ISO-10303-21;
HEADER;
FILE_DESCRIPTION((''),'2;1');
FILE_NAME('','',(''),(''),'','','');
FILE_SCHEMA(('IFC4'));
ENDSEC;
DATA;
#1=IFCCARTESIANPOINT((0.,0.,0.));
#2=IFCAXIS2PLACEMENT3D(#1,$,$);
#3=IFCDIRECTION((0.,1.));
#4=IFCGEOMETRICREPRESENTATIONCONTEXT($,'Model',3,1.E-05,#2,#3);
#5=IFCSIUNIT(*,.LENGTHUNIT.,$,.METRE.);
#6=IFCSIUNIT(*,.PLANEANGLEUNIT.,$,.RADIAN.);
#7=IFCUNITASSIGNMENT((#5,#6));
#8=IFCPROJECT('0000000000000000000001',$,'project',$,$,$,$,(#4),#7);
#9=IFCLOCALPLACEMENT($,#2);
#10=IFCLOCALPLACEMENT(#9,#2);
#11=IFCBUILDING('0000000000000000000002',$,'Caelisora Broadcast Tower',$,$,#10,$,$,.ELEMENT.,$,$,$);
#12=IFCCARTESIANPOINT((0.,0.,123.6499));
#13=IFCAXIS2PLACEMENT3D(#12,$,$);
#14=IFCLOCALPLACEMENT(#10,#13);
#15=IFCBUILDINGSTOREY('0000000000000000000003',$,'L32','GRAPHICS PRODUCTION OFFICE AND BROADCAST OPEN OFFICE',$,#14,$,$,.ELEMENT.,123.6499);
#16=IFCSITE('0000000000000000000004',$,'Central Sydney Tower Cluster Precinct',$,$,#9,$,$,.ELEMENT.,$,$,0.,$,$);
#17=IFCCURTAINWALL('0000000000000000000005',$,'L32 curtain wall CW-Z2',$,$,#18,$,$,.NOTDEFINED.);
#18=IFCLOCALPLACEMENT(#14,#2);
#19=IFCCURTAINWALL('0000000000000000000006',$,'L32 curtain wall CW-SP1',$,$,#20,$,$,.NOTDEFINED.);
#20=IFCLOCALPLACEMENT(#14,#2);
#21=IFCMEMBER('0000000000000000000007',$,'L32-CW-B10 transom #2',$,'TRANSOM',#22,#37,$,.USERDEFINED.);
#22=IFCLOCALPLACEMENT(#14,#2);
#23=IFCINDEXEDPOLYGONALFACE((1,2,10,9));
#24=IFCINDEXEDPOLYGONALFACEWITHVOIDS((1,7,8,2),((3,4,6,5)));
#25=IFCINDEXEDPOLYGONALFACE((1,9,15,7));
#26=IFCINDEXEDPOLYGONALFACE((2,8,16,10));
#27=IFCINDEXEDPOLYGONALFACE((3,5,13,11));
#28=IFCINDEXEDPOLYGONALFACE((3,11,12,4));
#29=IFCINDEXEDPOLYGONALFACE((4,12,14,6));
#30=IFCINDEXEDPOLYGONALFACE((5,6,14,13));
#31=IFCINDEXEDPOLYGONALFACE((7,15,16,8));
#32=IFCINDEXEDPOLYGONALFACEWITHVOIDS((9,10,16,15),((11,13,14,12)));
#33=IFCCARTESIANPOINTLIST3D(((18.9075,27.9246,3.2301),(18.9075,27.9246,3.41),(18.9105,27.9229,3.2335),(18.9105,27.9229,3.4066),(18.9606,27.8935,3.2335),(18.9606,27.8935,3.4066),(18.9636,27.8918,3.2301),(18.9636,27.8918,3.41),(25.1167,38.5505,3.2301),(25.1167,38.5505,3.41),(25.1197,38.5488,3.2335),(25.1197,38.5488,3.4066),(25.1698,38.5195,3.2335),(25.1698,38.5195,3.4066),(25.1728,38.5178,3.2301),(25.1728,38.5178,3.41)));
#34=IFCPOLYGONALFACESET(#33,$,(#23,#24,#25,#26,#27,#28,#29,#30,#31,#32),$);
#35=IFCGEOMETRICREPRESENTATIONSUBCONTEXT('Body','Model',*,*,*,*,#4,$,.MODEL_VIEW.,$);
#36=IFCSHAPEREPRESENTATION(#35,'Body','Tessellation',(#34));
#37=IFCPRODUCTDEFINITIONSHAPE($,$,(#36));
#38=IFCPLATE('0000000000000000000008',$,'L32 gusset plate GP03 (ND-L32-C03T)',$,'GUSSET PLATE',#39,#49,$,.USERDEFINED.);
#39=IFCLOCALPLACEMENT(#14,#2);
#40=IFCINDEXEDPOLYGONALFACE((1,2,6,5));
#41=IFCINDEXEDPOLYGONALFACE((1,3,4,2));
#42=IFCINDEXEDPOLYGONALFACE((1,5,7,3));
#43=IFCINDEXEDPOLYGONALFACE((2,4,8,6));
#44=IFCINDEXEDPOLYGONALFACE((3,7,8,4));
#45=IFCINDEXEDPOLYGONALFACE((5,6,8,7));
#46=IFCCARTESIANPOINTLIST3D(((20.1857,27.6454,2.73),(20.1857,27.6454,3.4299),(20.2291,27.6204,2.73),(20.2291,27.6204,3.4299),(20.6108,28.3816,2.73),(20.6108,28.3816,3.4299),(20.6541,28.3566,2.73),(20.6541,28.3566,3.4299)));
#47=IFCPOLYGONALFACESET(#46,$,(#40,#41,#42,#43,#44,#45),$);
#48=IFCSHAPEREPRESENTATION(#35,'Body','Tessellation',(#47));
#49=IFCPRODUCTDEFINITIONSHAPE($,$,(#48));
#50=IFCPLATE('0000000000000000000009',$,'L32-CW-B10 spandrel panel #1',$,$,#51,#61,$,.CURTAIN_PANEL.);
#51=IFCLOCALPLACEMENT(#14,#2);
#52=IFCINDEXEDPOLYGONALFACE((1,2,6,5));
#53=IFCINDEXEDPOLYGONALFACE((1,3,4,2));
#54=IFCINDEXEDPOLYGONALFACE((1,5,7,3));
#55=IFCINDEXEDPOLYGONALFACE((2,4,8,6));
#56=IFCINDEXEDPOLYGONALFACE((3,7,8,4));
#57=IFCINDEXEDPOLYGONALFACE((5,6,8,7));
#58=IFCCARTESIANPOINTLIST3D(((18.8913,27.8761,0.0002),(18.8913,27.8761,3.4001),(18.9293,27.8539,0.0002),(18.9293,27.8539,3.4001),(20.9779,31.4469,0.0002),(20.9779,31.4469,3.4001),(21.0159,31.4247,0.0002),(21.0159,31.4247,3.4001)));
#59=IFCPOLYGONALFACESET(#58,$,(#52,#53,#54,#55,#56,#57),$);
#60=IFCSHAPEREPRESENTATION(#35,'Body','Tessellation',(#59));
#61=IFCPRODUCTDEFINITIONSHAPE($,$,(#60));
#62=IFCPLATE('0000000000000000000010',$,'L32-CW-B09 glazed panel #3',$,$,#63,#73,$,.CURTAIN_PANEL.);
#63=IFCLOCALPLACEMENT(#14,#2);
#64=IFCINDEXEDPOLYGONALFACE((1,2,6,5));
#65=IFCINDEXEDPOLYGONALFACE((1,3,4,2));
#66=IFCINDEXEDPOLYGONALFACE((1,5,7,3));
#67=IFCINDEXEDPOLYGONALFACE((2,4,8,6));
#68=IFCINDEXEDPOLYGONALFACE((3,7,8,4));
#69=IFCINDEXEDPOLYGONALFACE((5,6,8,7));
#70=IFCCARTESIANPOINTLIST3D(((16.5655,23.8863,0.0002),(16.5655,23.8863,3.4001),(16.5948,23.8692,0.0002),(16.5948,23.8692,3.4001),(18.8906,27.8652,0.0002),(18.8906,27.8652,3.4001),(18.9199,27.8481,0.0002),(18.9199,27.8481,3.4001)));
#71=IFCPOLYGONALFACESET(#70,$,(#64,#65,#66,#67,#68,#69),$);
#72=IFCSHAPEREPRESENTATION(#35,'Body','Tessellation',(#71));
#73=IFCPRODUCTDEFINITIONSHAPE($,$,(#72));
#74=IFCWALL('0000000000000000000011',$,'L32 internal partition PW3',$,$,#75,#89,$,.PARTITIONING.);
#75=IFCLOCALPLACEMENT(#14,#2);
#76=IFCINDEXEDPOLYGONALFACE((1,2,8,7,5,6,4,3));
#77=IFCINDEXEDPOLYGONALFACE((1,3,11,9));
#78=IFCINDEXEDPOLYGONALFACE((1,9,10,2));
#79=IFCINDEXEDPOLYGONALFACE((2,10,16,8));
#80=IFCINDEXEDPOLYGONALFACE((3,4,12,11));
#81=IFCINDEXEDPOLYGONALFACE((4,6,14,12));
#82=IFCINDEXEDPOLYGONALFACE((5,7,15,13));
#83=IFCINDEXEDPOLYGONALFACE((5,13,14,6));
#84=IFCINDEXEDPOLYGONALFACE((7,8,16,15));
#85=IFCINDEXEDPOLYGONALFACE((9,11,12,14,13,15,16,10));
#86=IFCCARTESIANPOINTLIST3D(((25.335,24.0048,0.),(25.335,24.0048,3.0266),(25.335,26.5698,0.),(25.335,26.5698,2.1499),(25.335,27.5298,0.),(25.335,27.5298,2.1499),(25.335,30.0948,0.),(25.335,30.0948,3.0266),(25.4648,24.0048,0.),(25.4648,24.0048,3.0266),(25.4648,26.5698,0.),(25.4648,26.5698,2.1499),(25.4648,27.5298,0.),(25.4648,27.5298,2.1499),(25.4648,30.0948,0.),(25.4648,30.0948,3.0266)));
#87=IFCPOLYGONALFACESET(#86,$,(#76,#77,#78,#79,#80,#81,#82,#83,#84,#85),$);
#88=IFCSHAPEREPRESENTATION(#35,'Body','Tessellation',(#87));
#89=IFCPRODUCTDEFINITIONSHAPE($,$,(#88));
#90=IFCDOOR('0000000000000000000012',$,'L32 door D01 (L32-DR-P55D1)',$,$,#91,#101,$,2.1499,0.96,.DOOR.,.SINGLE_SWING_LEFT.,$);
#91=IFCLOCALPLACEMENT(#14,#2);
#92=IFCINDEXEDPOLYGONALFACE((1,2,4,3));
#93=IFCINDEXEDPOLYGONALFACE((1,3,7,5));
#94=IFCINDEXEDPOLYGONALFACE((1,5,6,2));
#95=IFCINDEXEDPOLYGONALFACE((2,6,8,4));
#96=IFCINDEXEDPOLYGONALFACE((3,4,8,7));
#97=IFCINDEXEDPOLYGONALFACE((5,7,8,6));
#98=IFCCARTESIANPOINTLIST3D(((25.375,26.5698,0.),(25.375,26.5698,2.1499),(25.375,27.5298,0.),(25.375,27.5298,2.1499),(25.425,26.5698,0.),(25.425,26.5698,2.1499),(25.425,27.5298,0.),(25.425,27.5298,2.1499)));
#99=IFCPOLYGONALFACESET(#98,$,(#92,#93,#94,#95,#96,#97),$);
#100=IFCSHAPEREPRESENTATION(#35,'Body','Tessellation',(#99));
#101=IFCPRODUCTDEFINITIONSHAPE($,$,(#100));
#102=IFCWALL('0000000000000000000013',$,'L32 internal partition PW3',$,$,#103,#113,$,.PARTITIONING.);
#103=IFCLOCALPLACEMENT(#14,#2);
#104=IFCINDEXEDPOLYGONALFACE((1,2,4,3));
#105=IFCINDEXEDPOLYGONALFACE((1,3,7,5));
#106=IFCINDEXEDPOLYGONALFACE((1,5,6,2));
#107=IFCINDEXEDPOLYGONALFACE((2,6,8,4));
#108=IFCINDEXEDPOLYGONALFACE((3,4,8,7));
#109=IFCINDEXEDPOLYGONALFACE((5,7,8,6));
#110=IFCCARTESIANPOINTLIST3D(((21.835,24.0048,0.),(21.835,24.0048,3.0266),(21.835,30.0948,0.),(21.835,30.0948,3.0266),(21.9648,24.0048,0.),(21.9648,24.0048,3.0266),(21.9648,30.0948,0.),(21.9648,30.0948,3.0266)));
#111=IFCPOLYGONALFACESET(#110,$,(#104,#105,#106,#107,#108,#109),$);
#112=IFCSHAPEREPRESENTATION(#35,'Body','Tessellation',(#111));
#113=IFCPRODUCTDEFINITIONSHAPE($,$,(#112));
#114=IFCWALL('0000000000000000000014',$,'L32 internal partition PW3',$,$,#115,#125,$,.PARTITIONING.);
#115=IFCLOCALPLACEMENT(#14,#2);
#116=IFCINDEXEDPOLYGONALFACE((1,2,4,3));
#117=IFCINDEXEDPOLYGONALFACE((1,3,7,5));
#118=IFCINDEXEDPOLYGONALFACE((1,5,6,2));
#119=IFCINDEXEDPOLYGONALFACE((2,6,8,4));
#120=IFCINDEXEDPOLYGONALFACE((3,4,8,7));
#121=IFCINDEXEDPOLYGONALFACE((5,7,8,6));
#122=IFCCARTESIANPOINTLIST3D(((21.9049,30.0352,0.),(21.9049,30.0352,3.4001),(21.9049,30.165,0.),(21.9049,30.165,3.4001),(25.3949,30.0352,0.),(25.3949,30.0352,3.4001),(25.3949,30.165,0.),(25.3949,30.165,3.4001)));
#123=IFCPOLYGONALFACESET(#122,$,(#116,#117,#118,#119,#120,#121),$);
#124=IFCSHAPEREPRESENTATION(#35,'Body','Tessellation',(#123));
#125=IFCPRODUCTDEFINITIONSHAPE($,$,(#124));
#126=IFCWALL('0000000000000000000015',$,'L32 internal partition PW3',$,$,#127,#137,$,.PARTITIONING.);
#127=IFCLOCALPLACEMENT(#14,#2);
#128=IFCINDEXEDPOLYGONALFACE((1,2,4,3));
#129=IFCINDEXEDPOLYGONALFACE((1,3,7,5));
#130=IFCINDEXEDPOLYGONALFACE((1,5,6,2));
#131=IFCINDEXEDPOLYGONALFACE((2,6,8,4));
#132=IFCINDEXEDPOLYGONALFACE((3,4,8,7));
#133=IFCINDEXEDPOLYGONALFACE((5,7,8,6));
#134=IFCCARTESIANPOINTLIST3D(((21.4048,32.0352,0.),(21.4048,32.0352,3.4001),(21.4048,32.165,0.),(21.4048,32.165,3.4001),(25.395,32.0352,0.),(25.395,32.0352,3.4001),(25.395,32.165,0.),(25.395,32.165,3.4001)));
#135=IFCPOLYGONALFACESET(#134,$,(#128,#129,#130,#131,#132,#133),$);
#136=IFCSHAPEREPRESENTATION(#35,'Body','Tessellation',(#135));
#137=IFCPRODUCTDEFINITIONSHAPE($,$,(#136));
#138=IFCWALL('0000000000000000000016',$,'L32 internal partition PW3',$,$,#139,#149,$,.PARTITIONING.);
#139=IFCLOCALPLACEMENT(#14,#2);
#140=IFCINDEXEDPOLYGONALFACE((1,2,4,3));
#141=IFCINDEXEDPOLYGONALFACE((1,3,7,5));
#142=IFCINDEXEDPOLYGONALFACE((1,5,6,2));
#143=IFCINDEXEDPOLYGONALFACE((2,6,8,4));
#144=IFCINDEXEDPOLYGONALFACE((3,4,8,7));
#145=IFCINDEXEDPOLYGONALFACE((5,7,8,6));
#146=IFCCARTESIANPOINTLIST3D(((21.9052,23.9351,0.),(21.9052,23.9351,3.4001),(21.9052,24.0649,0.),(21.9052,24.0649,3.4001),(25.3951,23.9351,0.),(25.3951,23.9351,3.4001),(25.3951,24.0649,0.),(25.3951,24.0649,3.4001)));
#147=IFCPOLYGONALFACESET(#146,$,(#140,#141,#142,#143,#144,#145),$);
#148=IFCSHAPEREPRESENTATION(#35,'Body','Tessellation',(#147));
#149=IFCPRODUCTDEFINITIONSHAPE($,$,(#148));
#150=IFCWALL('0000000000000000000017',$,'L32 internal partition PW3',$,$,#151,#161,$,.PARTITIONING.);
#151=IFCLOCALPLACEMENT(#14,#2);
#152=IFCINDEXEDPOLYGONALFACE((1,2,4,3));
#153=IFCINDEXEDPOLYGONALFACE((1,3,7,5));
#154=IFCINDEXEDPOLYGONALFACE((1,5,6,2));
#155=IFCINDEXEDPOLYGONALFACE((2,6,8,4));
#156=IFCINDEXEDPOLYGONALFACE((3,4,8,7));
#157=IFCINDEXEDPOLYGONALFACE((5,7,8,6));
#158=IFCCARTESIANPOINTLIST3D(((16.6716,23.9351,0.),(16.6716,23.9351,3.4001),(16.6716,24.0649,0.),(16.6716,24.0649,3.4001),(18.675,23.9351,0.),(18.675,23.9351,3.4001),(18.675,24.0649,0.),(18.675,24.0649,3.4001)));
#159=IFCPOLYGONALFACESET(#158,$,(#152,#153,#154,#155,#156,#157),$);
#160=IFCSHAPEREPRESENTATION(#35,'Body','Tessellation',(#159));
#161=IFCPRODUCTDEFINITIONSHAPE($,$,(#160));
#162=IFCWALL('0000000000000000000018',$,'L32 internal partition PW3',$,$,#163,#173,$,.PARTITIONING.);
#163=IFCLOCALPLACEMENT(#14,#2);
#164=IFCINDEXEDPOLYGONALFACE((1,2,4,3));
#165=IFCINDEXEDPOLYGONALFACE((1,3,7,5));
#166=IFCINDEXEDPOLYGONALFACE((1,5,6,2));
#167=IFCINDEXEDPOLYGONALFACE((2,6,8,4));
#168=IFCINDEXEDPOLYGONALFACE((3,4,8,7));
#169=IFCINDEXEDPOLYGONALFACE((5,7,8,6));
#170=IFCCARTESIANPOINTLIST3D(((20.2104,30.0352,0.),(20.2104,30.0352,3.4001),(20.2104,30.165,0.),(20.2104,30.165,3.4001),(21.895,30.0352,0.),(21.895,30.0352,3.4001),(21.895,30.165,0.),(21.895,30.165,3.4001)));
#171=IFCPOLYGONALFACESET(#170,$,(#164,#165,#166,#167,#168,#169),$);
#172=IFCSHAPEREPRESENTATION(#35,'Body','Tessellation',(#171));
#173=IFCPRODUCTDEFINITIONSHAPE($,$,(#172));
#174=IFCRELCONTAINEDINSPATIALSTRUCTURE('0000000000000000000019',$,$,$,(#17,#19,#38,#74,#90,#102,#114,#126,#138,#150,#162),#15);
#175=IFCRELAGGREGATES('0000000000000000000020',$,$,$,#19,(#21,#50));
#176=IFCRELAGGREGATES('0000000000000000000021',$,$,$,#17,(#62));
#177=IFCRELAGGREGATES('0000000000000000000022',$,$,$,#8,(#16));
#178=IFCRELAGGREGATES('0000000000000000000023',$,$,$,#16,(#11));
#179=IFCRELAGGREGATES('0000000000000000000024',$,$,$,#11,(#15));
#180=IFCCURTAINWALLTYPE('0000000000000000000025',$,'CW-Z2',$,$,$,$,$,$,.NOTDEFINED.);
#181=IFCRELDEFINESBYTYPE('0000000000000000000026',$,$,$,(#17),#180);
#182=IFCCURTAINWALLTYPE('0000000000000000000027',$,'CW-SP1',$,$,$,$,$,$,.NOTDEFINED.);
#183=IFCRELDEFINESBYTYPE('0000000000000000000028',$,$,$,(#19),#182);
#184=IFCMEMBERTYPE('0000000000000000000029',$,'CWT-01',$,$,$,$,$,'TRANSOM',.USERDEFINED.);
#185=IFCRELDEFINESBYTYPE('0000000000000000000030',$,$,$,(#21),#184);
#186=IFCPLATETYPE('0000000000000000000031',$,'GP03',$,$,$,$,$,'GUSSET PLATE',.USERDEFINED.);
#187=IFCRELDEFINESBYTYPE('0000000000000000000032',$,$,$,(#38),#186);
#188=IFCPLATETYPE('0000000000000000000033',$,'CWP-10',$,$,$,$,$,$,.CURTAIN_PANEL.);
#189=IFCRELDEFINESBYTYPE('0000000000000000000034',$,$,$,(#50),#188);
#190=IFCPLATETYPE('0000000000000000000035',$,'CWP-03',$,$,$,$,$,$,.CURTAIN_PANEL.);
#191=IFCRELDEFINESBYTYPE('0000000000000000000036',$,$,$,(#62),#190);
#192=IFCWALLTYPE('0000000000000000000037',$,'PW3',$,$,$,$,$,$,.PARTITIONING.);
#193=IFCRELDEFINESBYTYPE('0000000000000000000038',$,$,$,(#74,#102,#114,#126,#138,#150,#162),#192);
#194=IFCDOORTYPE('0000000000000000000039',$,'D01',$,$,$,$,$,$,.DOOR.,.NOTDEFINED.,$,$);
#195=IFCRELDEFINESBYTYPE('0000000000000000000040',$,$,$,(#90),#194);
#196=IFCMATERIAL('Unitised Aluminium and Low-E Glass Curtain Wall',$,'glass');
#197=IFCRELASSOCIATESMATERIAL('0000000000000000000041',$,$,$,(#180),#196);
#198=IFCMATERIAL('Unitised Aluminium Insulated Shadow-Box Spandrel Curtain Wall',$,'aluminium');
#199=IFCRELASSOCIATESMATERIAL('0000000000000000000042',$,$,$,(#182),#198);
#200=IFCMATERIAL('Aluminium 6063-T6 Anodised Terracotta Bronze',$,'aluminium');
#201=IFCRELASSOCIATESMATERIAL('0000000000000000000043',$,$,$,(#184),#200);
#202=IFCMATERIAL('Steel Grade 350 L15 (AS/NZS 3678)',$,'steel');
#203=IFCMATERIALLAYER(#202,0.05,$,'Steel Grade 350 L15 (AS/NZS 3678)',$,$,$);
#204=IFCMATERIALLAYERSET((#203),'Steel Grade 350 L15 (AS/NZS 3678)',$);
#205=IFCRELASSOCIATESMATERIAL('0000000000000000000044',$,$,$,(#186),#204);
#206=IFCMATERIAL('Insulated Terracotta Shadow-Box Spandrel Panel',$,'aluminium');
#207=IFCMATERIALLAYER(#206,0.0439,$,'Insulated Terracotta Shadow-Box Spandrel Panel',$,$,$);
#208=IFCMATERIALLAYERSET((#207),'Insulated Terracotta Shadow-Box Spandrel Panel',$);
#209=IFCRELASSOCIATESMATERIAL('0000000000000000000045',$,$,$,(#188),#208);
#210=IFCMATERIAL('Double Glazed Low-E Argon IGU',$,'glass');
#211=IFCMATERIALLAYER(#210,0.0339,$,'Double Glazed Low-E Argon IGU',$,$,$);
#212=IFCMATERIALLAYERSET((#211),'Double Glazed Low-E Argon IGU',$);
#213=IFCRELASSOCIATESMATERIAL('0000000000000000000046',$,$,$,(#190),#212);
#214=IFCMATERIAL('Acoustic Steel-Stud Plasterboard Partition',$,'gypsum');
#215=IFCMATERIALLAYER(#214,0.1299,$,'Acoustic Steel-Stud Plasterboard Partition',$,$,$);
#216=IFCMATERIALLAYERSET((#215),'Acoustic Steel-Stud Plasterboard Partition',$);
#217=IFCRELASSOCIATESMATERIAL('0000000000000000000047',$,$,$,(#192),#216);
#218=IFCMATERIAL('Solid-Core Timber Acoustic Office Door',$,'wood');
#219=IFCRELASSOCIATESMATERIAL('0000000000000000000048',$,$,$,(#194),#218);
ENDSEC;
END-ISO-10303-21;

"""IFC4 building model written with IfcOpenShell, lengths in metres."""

from ifc_helpers import new_model, si_unit, direction, frame, frame_2d, origin, origin_2d, place, context, subcontext, project, spatial, rectangle, hollow_rectangle, extrude, source, transform, mapped, material, layer, layer_set, material_profile, profile_set, type_object, type_shapes, element, fill, aggregate, save


model = new_model("IFC4")

# Units and contexts
model_context = context("Model", 3, precision=1e-05, world=origin(), true_north=direction((0.0, 1.0)))
body_context = subcontext(model_context, "Body", "Model", "MODEL_VIEW")
ifc_project = project(units=[si_unit("LENGTHUNIT", "METRE"), si_unit("PLANEANGLEUNIT", "RADIAN")], contexts=[model_context])

# Site, building, storey
site_placement = place(None, origin())
site = spatial("IfcSite", under=ifc_project, at=site_placement, Name="Central Sydney Tower Cluster Precinct", CompositionType="ELEMENT", RefElevation=0.0)
building_placement = place(site_placement, origin())
building = spatial("IfcBuilding", under=site, at=building_placement, Name="Caelisora Broadcast Tower", CompositionType="ELEMENT")
storey_placement = place(building_placement, frame((0.0, 0.0, 123.6499)))
storey = spatial("IfcBuildingStorey", under=building, at=storey_placement, Name="L32", Description="GRAPHICS PRODUCTION OFFICE AND BROADCAST OPEN OFFICE", CompositionType="ELEMENT", Elevation=123.6499)

# Shared definitions
ifc_material_1 = material(Name="Steel Grade 350 L15 (AS/NZS 3678)", Category="steel")

# Curtain walls, member
ifc_material_2 = material(Name="Unitised Aluminium and Low-E Glass Curtain Wall", Category="glass")
curtain_wall_type_1 = type_object("IfcCurtainWallType", Name="CW-Z2", PredefinedType="NOTDEFINED", material=ifc_material_2)
curtain_wall_1_placement = place(storey_placement, origin())
curtain_wall_1 = element("IfcCurtainWall", 1, at=curtain_wall_1_placement, inside=storey, type_object=curtain_wall_type_1, Name="L32 curtain wall CW-Z2", PredefinedType="NOTDEFINED")
ifc_material_3 = material(Name="Aluminium 6063-T6 Anodised Terracotta Bronze", Category="aluminium")
ifc_material_4 = material(Name="Unitised Aluminium Insulated Shadow-Box Spandrel Curtain Wall", Category="aluminium")
curtain_wall_type_2 = type_object("IfcCurtainWallType", Name="CW-SP1", PredefinedType="NOTDEFINED", material=ifc_material_4)
curtain_wall_2_placement = place(storey_placement, origin())
curtain_wall_2 = element("IfcCurtainWall", 2, at=curtain_wall_2_placement, inside=storey, type_object=curtain_wall_type_2, Name="L32 curtain wall CW-SP1", PredefinedType="NOTDEFINED")
ifc_material_profile_1 = material_profile(ifc_material_3, hollow_rectangle(XDim=0.0649, YDim=0.1799, WallThickness=0.0034, at=origin_2d()), Name="Aluminium 6063-T6 Anodised Terracotta Bronze")
ifc_profile_set_1 = profile_set([ifc_material_profile_1], Name="Aluminium 6063-T6 Anodised Terracotta Bronze")
member_type_1 = type_object("IfcMemberType", Name="CWT-01", ElementType="TRANSOM", PredefinedType="USERDEFINED", material=ifc_profile_set_1)
shared_shape_1 = source(origin(), body_context, "Body", "SweptSolid", [
    extrude(hollow_rectangle(XDim=0.0649, YDim=0.1799, WallThickness=0.0034, at=origin_2d()), origin(), (0.0, 0.0, 1.0), 12.3071),
])
type_shapes(member_type_1, [shared_shape_1])
member_1_placement = place(storey_placement, frame((18.9355, 27.9082, 3.3201), z_axis=(0.504522, 0.863399, 0.0), x_axis=(-0.863399, 0.504522, 0.0)))
member_1 = element("IfcMember", 3, at=member_1_placement, type_object=member_type_1, Name="L32-CW-B10 transom #2", ObjectType="TRANSOM", PredefinedType="USERDEFINED", context=body_context, shape_type="MappedRepresentation", body=[
    mapped(shared_shape_1, transform((0.0, 0.0, 0.0), scale=1.0)),
])

# Plates
ifc_layer_1 = layer(ifc_material_1, 0.05, Name="Steel Grade 350 L15 (AS/NZS 3678)")
ifc_layer_set_1 = layer_set([ifc_layer_1], Name="Steel Grade 350 L15 (AS/NZS 3678)")
plate_type_1 = type_object("IfcPlateType", Name="GP03", ElementType="GUSSET PLATE", PredefinedType="USERDEFINED", material=ifc_layer_set_1)
shared_shape_2 = source(origin(), body_context, "Body", "SweptSolid", [
    extrude(rectangle(XDim=0.8501, YDim=0.05, at=origin_2d()), origin(), (0.0, 0.0, 1.0), 0.7),
])
type_shapes(plate_type_1, [shared_shape_2])
plate_1_placement = place(storey_placement, frame((20.4199, 28.001, 2.73), z_axis=(0.0, 0.0, 1.0), x_axis=(-0.5, -0.866025, 0.0)))
element("IfcPlate", 4, at=plate_1_placement, inside=storey, type_object=plate_type_1, Name="L32 gusset plate GP03 (ND-L32-C03T)", ObjectType="GUSSET PLATE", PredefinedType="USERDEFINED", context=body_context, shape_type="MappedRepresentation", body=[
    mapped(shared_shape_2, transform((0.0, 0.0, 0.0), scale=1.0)),
])
ifc_material_5 = material(Name="Insulated Terracotta Shadow-Box Spandrel Panel", Category="aluminium")
ifc_layer_2 = layer(ifc_material_5, 0.0439, Name="Insulated Terracotta Shadow-Box Spandrel Panel")
ifc_layer_set_2 = layer_set([ifc_layer_2], Name="Insulated Terracotta Shadow-Box Spandrel Panel")
plate_type_2 = type_object("IfcPlateType", Name="CWP-10", PredefinedType="CURTAIN_PANEL", material=ifc_layer_set_2)
shared_shape_3 = source(origin(), body_context, "Body", "SweptSolid", [
    extrude(rectangle(XDim=4.1357, YDim=0.0439, at=origin_2d()), origin(), (0.0, 0.0, 1.0), 3.3999),
])
type_shapes(plate_type_2, [shared_shape_3])
plate_2_placement = place(storey_placement, frame((19.9536, 29.6504, 0.0002), z_axis=(0.0, 0.0, 1.0), x_axis=(0.504528, 0.863396, 0.0)))
plate_2 = element("IfcPlate", 5, at=plate_2_placement, type_object=plate_type_2, Name="L32-CW-B10 spandrel panel #1", PredefinedType="CURTAIN_PANEL", context=body_context, shape_type="MappedRepresentation", body=[
    mapped(shared_shape_3, transform((0.0, 0.0, 0.0), scale=1.0)),
])
aggregate(curtain_wall_2, [member_1, plate_2])
ifc_material_6 = material(Name="Double Glazed Low-E Argon IGU", Category="glass")
ifc_layer_3 = layer(ifc_material_6, 0.0339, Name="Double Glazed Low-E Argon IGU")
ifc_layer_set_3 = layer_set([ifc_layer_3], Name="Double Glazed Low-E Argon IGU")
plate_type_3 = type_object("IfcPlateType", Name="CWP-03", PredefinedType="CURTAIN_PANEL", material=ifc_layer_set_3)
shared_shape_4 = source(origin(), body_context, "Body", "SweptSolid", [
    extrude(rectangle(XDim=4.6084, YDim=0.0339, at=origin_2d()), origin(), (0.0, 0.0, 1.0), 3.3999),
])
type_shapes(plate_type_3, [shared_shape_4])
plate_3_placement = place(storey_placement, frame((17.7427, 25.8672, 0.0002), z_axis=(0.0, 0.0, 1.0), x_axis=(0.504528, 0.863396, 0.0)))
plate_3 = element("IfcPlate", 6, at=plate_3_placement, type_object=plate_type_3, Name="L32-CW-B09 glazed panel #3", PredefinedType="CURTAIN_PANEL", context=body_context, shape_type="MappedRepresentation", body=[
    mapped(shared_shape_4, transform((0.0, 0.0, 0.0), scale=1.0)),
])
aggregate(curtain_wall_1, [plate_3])

# Wall, opening, door
ifc_material_7 = material(Name="Acoustic Steel-Stud Plasterboard Partition", Category="gypsum")
ifc_layer_4 = layer(ifc_material_7, 0.1299, Name="Acoustic Steel-Stud Plasterboard Partition")
ifc_layer_set_4 = layer_set([ifc_layer_4], Name="Acoustic Steel-Stud Plasterboard Partition")
wall_type = type_object("IfcWallType", Name="PW3", PredefinedType="PARTITIONING", material=ifc_layer_set_4)
wall_1_placement = place(storey_placement, frame((25.3999, 24.0049, 0.0), z_axis=(0.0, 0.0, 1.0), x_axis=(0.0, 1.0, 0.0)))
wall_1 = element("IfcWall", 7, at=wall_1_placement, inside=storey, type_object=wall_type, Name="L32 internal partition PW3", PredefinedType="PARTITIONING", context=body_context, shape_type="SweptSolid", body=[
    extrude(rectangle(XDim=6.0901, YDim=0.1299, at=frame_2d((3.0449, 0.0))), origin(), (0.0, 0.0, 1.0), 3.0266),
])
opening_1_placement = place(wall_1_placement, frame((2.5649, 0.0, 0.0)))
opening_1 = element("IfcOpeningElement", 8, at=opening_1_placement, cuts=wall_1, PredefinedType="OPENING", context=body_context, shape_type="SweptSolid", body=[
    extrude(rectangle(XDim=0.96, YDim=2.1499, at=frame_2d((0.48, 1.075))), frame((0.0, 0.0769, 0.0), z_axis=(0.0, -1.0, 0.0), x_axis=(1.0, 0.0, 0.0)), (0.0, 0.0, 1.0), 0.1538),
])
ifc_material_8 = material(Name="Solid-Core Timber Acoustic Office Door", Category="wood")
door_type = type_object("IfcDoorType", Name="D01", OperationType="NOTDEFINED", PredefinedType="DOOR", material=ifc_material_8)
door_1_placement = place(opening_1_placement, origin())
door_1 = element("IfcDoor", 9, at=door_1_placement, inside=storey, type_object=door_type, Name="L32 door D01 (L32-DR-P55D1)", OperationType="SINGLE_SWING_LEFT", OverallHeight=2.1499, OverallWidth=0.96, PredefinedType="DOOR", context=body_context, shape_type="SweptSolid", body=[
    extrude(rectangle(XDim=0.96, YDim=2.1499, at=frame_2d((0.48, 1.075))), frame((0.0, 0.0249, 0.0), z_axis=(0.0, -1.0, 0.0), x_axis=(1.0, 0.0, 0.0)), (0.0, 0.0, 1.0), 0.05),
])
fill(opening_1, door_1)

# Walls
wall_2_placement = place(storey_placement, frame((21.8999, 24.0049, 0.0), z_axis=(0.0, 0.0, 1.0), x_axis=(0.0, 1.0, 0.0)))
element("IfcWall", 10, at=wall_2_placement, inside=storey, type_object=wall_type, Name="L32 internal partition PW3", PredefinedType="PARTITIONING", context=body_context, shape_type="SweptSolid", body=[
    extrude(rectangle(XDim=6.0901, YDim=0.1299, at=frame_2d((3.0449, 0.0))), origin(), (0.0, 0.0, 1.0), 3.0266),
])
wall_3_placement = place(storey_placement, frame((25.395, 30.1001, 0.0), z_axis=(0.0, 0.0, 1.0), x_axis=(-1.0, 0.0, 0.0)))
element("IfcWall", 11, at=wall_3_placement, inside=storey, type_object=wall_type, Name="L32 internal partition PW3", PredefinedType="PARTITIONING", context=body_context, shape_type="SweptSolid", body=[
    extrude(rectangle(XDim=3.49, YDim=0.1299, at=frame_2d((1.7451, 0.0))), origin(), (0.0, 0.0, 1.0), 3.4001),
])
wall_4_placement = place(storey_placement, frame((21.4048, 32.1001, 0.0), z_axis=(0.0, 0.0, 1.0), x_axis=(1.0, 0.0, 0.0)))
element("IfcWall", 12, at=wall_4_placement, inside=storey, type_object=wall_type, Name="L32 internal partition PW3", PredefinedType="PARTITIONING", context=body_context, shape_type="SweptSolid", body=[
    extrude(rectangle(XDim=3.9902, YDim=0.1299, at=frame_2d((1.9951, 0.0))), origin(), (0.0, 0.0, 1.0), 3.4001),
])
wall_5_placement = place(storey_placement, frame((21.905, 24.0, 0.0), z_axis=(0.0, 0.0, 1.0), x_axis=(1.0, 0.0, 0.0)))
element("IfcWall", 13, at=wall_5_placement, inside=storey, type_object=wall_type, Name="L32 internal partition PW3", PredefinedType="PARTITIONING", context=body_context, shape_type="SweptSolid", body=[
    extrude(rectangle(XDim=3.49, YDim=0.1299, at=frame_2d((1.7451, 0.0))), origin(), (0.0, 0.0, 1.0), 3.4001),
])

# Walls
wall_6_placement = place(storey_placement, frame((16.6716, 24.0, 0.0), z_axis=(0.0, 0.0, 1.0), x_axis=(1.0, 0.0, 0.0)))
element("IfcWall", 14, at=wall_6_placement, inside=storey, type_object=wall_type, Name="L32 internal partition PW3", PredefinedType="PARTITIONING", context=body_context, shape_type="SweptSolid", body=[
    extrude(rectangle(XDim=2.0034, YDim=0.1299, at=frame_2d((1.0017, 0.0))), origin(), (0.0, 0.0, 1.0), 3.4001),
])
wall_7_placement = place(storey_placement, frame((20.2104, 30.1001, 0.0), z_axis=(0.0, 0.0, 1.0), x_axis=(1.0, 0.0, 0.0)))
element("IfcWall", 15, at=wall_7_placement, inside=storey, type_object=wall_type, Name="L32 internal partition PW3", PredefinedType="PARTITIONING", context=body_context, shape_type="SweptSolid", body=[
    extrude(rectangle(XDim=1.6846, YDim=0.1299, at=frame_2d((0.8423, 0.0))), origin(), (0.0, 0.0, 1.0), 3.4001),
])

save(model, "model.ifc")
